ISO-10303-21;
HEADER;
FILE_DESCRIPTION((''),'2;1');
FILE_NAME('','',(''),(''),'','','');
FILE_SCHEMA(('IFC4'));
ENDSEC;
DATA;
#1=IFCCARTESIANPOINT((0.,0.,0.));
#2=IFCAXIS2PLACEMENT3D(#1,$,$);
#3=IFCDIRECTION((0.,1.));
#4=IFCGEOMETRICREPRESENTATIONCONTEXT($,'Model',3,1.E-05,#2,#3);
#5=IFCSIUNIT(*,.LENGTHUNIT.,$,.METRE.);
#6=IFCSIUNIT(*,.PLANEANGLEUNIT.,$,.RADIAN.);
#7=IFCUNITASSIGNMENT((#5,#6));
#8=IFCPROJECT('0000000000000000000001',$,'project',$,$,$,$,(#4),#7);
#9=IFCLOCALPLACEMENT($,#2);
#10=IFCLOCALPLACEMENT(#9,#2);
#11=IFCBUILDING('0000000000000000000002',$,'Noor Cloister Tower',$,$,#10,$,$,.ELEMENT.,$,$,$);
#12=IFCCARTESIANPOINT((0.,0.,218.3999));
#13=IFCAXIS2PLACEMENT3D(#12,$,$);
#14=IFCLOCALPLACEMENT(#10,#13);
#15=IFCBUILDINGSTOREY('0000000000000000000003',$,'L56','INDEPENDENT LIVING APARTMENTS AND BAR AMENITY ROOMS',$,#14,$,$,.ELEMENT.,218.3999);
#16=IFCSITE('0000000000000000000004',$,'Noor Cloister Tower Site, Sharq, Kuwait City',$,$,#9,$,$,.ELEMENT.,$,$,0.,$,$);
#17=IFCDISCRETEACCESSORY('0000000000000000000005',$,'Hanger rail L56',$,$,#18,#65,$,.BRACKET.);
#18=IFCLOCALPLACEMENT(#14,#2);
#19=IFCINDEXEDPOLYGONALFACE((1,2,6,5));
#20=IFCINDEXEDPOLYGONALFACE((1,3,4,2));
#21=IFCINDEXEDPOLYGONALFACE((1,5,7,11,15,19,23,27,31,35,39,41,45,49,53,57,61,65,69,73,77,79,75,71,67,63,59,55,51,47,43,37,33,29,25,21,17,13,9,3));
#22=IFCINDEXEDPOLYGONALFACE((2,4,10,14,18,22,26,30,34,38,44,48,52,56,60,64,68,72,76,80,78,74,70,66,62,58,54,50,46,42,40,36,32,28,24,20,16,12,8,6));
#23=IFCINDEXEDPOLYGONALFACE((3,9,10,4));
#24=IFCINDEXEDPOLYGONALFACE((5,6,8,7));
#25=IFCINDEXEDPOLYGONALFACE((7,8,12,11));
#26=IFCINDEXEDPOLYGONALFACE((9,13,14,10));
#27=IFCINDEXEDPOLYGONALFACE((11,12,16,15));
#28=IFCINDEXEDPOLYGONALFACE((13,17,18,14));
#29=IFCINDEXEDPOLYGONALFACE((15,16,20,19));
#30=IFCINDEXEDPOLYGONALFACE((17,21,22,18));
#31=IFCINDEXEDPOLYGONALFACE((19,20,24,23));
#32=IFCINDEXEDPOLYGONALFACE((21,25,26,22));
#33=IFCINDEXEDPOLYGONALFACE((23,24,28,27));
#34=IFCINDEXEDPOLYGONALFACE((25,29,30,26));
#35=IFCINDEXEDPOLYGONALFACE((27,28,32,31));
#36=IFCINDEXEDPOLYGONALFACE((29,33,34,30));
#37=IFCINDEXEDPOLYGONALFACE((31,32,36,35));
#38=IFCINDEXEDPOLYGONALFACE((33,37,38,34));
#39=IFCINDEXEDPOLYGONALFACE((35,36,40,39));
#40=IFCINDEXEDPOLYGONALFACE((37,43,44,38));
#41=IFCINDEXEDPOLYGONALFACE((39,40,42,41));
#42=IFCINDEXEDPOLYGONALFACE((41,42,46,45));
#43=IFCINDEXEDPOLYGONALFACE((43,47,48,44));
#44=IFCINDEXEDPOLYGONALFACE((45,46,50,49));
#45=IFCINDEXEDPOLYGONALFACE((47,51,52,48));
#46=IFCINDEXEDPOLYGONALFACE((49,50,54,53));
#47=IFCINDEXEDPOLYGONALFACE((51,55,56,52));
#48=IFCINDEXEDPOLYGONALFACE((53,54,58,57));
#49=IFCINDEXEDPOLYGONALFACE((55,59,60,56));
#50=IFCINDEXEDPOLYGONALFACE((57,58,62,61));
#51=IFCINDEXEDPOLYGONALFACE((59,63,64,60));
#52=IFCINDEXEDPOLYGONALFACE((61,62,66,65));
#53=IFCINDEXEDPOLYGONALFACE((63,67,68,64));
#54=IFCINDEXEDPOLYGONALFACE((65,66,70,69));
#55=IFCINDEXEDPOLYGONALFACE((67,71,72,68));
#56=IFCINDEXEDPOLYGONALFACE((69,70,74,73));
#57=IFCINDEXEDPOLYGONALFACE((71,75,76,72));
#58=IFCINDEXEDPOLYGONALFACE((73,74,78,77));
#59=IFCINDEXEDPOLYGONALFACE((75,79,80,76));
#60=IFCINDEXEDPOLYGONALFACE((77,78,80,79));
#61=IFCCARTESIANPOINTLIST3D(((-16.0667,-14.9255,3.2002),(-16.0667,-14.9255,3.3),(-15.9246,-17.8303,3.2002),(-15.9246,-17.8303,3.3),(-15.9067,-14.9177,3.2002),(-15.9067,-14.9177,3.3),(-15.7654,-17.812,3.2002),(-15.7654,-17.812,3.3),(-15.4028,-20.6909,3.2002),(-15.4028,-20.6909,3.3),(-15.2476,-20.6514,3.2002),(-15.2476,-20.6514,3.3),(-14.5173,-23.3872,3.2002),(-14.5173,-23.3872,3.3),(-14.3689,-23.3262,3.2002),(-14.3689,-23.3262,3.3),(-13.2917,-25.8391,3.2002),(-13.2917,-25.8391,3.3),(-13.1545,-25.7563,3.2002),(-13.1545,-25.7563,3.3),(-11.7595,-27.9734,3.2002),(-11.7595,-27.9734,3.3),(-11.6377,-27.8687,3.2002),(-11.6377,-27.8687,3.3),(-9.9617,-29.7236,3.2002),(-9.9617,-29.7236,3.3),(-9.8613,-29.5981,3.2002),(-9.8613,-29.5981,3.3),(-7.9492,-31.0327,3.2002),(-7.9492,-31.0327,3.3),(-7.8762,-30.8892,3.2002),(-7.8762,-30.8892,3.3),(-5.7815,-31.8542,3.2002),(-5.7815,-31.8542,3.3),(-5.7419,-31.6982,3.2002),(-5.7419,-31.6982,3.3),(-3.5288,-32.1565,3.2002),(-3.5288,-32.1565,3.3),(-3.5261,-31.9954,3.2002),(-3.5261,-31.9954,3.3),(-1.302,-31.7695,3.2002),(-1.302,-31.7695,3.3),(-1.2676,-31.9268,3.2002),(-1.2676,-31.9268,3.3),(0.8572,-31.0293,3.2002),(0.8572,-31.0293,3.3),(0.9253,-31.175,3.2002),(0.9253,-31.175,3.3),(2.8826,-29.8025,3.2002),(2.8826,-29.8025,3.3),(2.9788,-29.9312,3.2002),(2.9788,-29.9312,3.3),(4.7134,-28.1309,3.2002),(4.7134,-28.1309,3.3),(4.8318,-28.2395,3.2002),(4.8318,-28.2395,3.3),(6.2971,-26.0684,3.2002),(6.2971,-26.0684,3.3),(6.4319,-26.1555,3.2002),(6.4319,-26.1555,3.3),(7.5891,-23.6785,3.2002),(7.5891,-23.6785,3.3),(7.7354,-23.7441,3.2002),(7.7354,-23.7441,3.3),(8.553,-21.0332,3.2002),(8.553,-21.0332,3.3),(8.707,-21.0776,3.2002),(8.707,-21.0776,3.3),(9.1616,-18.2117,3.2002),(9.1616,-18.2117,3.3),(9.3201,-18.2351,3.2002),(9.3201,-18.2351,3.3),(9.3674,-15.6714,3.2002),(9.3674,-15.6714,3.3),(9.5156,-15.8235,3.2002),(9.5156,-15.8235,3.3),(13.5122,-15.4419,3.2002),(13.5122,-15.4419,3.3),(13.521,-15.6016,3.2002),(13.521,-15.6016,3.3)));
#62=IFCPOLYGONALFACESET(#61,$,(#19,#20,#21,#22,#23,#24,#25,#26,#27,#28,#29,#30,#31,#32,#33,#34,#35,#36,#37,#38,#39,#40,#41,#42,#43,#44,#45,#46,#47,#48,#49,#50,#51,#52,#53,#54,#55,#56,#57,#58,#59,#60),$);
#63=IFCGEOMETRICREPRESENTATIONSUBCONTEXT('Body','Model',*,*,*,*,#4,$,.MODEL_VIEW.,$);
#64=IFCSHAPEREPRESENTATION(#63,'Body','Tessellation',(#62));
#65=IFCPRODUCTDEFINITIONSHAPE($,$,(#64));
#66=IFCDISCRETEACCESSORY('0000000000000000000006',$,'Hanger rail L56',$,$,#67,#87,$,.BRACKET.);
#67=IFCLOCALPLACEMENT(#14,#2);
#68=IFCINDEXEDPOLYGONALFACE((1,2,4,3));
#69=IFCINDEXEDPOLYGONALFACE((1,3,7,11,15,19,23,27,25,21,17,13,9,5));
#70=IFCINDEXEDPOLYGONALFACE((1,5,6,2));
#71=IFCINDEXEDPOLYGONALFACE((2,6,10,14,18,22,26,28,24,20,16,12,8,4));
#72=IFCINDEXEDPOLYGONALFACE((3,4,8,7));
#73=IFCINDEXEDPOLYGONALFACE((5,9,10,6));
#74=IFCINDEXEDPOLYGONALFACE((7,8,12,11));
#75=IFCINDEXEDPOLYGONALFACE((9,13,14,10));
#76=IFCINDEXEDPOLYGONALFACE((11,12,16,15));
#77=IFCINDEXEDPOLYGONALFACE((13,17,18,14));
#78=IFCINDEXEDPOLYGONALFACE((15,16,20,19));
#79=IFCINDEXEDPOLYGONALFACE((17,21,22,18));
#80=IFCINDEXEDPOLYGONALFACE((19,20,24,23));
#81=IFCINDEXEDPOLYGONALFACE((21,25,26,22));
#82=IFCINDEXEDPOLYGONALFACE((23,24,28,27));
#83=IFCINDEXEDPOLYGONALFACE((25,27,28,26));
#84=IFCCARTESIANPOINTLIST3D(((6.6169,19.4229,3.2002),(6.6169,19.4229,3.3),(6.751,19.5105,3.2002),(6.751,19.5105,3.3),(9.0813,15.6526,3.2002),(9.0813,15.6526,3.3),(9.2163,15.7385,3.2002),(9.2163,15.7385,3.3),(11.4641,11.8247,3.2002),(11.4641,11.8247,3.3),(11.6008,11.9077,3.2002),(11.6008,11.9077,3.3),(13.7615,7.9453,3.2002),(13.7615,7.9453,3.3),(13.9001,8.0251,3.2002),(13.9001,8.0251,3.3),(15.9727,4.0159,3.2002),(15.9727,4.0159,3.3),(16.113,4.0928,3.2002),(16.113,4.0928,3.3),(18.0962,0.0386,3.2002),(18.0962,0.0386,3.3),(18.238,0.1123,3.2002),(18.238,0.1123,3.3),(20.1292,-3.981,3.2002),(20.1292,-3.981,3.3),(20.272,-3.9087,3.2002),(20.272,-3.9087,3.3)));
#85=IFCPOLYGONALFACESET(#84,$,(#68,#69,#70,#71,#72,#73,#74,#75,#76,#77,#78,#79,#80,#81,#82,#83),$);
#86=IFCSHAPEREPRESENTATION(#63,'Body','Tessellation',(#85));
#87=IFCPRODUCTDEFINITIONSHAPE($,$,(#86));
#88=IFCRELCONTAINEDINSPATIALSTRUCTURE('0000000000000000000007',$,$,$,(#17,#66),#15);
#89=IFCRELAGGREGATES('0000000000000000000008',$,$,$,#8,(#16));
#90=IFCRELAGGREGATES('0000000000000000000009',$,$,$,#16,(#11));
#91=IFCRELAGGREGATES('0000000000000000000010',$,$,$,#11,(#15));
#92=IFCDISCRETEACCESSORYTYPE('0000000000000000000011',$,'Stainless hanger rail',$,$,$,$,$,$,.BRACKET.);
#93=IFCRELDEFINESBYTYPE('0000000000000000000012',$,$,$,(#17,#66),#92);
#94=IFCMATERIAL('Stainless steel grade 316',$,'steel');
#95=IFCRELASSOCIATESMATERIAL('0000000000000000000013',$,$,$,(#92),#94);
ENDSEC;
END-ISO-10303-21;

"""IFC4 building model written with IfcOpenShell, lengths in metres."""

from ifc_helpers import new_model, si_unit, direction, frame, origin, place, context, subcontext, project, spatial, polyline, outline, extrude, material, type_object, element, save


model = new_model("IFC4")

# Units and contexts
model_context = context("Model", 3, precision=1e-05, world=origin(), true_north=direction((0.0, 1.0)))
body_context = subcontext(model_context, "Body", "Model", "MODEL_VIEW")
ifc_project = project(units=[si_unit("LENGTHUNIT", "METRE"), si_unit("PLANEANGLEUNIT", "RADIAN")], contexts=[model_context])

# Site, building, storey
site_placement = place(None, origin())
site = spatial("IfcSite", under=ifc_project, at=site_placement, Name="Noor Cloister Tower Site, Sharq, Kuwait City", CompositionType="ELEMENT", RefElevation=0.0)
building_placement = place(site_placement, origin())
building = spatial("IfcBuilding", under=site, at=building_placement, Name="Noor Cloister Tower", CompositionType="ELEMENT")
storey_placement = place(building_placement, frame((0.0, 0.0, 218.3999)))
storey = spatial("IfcBuildingStorey", under=building, at=storey_placement, Name="L56", Description="INDEPENDENT LIVING APARTMENTS AND BAR AMENITY ROOMS", CompositionType="ELEMENT", Elevation=218.3999)

# Discrete accessories
ifc_material_1 = material(Name="Stainless steel grade 316", Category="steel")
discrete_accessory_type = type_object("IfcDiscreteAccessoryType", Name="Stainless hanger rail", PredefinedType="BRACKET", material=ifc_material_1)
discrete_accessory_1_placement = place(storey_placement, frame((0.0, 0.0, 3.2002)))
element("IfcDiscreteAccessory", 1, at=discrete_accessory_1_placement, inside=storey, type_object=discrete_accessory_type, Name="Hanger rail L56", PredefinedType="BRACKET", context=body_context, shape_type="SweptSolid", body=[
    extrude(outline(polyline([(-16.0667, -14.9255), (-15.9246, -17.8303), (-15.4028, -20.6909), (-14.5173, -23.3872), (-13.2917, -25.8391), (-11.7595, -27.9734), (-9.9617, -29.7236), (-7.9492, -31.0327), (-5.7815, -31.8542), (-3.5288, -32.1565), (-1.2676, -31.9268), (0.9253, -31.175), (2.9788, -29.9312), (4.8318, -28.2395), (6.4319, -26.1555), (7.7354, -23.7441), (8.707, -21.0776), (9.3201, -18.2351), (9.5156, -15.8235), (13.521, -15.6016), (13.5122, -15.4419), (9.3674, -15.6714), (9.1616, -18.2117), (8.553, -21.0332), (7.5891, -23.6785), (6.2971, -26.0684), (4.7134, -28.1309), (2.8826, -29.8025), (0.8572, -31.0293), (-1.302, -31.7695), (-3.5261, -31.9954), (-5.7419, -31.6982), (-7.8762, -30.8892), (-9.8613, -29.5981), (-11.6377, -27.8687), (-13.1545, -25.7563), (-14.3689, -23.3262), (-15.2476, -20.6514), (-15.7654, -17.812), (-15.9067, -14.9177), (-16.0667, -14.9255)])), origin(), (0.0, 0.0, 1.0), 0.0999),
])
discrete_accessory_2_placement = place(storey_placement, frame((0.0, 0.0, 3.2002)))
element("IfcDiscreteAccessory", 2, at=discrete_accessory_2_placement, inside=storey, type_object=discrete_accessory_type, Name="Hanger rail L56", PredefinedType="BRACKET", context=body_context, shape_type="SweptSolid", body=[
    extrude(outline(polyline([(20.272, -3.9087), (18.238, 0.1123), (16.113, 4.0928), (13.9001, 8.0251), (11.6008, 11.9077), (9.2163, 15.7385), (6.751, 19.5105), (6.6169, 19.4229), (9.0813, 15.6526), (11.4641, 11.8247), (13.7615, 7.9453), (15.9727, 4.0159), (18.0962, 0.0386), (20.1292, -3.981), (20.272, -3.9087)])), origin(), (0.0, 0.0, 1.0), 0.0999),
])

save(model, "model.ifc")
